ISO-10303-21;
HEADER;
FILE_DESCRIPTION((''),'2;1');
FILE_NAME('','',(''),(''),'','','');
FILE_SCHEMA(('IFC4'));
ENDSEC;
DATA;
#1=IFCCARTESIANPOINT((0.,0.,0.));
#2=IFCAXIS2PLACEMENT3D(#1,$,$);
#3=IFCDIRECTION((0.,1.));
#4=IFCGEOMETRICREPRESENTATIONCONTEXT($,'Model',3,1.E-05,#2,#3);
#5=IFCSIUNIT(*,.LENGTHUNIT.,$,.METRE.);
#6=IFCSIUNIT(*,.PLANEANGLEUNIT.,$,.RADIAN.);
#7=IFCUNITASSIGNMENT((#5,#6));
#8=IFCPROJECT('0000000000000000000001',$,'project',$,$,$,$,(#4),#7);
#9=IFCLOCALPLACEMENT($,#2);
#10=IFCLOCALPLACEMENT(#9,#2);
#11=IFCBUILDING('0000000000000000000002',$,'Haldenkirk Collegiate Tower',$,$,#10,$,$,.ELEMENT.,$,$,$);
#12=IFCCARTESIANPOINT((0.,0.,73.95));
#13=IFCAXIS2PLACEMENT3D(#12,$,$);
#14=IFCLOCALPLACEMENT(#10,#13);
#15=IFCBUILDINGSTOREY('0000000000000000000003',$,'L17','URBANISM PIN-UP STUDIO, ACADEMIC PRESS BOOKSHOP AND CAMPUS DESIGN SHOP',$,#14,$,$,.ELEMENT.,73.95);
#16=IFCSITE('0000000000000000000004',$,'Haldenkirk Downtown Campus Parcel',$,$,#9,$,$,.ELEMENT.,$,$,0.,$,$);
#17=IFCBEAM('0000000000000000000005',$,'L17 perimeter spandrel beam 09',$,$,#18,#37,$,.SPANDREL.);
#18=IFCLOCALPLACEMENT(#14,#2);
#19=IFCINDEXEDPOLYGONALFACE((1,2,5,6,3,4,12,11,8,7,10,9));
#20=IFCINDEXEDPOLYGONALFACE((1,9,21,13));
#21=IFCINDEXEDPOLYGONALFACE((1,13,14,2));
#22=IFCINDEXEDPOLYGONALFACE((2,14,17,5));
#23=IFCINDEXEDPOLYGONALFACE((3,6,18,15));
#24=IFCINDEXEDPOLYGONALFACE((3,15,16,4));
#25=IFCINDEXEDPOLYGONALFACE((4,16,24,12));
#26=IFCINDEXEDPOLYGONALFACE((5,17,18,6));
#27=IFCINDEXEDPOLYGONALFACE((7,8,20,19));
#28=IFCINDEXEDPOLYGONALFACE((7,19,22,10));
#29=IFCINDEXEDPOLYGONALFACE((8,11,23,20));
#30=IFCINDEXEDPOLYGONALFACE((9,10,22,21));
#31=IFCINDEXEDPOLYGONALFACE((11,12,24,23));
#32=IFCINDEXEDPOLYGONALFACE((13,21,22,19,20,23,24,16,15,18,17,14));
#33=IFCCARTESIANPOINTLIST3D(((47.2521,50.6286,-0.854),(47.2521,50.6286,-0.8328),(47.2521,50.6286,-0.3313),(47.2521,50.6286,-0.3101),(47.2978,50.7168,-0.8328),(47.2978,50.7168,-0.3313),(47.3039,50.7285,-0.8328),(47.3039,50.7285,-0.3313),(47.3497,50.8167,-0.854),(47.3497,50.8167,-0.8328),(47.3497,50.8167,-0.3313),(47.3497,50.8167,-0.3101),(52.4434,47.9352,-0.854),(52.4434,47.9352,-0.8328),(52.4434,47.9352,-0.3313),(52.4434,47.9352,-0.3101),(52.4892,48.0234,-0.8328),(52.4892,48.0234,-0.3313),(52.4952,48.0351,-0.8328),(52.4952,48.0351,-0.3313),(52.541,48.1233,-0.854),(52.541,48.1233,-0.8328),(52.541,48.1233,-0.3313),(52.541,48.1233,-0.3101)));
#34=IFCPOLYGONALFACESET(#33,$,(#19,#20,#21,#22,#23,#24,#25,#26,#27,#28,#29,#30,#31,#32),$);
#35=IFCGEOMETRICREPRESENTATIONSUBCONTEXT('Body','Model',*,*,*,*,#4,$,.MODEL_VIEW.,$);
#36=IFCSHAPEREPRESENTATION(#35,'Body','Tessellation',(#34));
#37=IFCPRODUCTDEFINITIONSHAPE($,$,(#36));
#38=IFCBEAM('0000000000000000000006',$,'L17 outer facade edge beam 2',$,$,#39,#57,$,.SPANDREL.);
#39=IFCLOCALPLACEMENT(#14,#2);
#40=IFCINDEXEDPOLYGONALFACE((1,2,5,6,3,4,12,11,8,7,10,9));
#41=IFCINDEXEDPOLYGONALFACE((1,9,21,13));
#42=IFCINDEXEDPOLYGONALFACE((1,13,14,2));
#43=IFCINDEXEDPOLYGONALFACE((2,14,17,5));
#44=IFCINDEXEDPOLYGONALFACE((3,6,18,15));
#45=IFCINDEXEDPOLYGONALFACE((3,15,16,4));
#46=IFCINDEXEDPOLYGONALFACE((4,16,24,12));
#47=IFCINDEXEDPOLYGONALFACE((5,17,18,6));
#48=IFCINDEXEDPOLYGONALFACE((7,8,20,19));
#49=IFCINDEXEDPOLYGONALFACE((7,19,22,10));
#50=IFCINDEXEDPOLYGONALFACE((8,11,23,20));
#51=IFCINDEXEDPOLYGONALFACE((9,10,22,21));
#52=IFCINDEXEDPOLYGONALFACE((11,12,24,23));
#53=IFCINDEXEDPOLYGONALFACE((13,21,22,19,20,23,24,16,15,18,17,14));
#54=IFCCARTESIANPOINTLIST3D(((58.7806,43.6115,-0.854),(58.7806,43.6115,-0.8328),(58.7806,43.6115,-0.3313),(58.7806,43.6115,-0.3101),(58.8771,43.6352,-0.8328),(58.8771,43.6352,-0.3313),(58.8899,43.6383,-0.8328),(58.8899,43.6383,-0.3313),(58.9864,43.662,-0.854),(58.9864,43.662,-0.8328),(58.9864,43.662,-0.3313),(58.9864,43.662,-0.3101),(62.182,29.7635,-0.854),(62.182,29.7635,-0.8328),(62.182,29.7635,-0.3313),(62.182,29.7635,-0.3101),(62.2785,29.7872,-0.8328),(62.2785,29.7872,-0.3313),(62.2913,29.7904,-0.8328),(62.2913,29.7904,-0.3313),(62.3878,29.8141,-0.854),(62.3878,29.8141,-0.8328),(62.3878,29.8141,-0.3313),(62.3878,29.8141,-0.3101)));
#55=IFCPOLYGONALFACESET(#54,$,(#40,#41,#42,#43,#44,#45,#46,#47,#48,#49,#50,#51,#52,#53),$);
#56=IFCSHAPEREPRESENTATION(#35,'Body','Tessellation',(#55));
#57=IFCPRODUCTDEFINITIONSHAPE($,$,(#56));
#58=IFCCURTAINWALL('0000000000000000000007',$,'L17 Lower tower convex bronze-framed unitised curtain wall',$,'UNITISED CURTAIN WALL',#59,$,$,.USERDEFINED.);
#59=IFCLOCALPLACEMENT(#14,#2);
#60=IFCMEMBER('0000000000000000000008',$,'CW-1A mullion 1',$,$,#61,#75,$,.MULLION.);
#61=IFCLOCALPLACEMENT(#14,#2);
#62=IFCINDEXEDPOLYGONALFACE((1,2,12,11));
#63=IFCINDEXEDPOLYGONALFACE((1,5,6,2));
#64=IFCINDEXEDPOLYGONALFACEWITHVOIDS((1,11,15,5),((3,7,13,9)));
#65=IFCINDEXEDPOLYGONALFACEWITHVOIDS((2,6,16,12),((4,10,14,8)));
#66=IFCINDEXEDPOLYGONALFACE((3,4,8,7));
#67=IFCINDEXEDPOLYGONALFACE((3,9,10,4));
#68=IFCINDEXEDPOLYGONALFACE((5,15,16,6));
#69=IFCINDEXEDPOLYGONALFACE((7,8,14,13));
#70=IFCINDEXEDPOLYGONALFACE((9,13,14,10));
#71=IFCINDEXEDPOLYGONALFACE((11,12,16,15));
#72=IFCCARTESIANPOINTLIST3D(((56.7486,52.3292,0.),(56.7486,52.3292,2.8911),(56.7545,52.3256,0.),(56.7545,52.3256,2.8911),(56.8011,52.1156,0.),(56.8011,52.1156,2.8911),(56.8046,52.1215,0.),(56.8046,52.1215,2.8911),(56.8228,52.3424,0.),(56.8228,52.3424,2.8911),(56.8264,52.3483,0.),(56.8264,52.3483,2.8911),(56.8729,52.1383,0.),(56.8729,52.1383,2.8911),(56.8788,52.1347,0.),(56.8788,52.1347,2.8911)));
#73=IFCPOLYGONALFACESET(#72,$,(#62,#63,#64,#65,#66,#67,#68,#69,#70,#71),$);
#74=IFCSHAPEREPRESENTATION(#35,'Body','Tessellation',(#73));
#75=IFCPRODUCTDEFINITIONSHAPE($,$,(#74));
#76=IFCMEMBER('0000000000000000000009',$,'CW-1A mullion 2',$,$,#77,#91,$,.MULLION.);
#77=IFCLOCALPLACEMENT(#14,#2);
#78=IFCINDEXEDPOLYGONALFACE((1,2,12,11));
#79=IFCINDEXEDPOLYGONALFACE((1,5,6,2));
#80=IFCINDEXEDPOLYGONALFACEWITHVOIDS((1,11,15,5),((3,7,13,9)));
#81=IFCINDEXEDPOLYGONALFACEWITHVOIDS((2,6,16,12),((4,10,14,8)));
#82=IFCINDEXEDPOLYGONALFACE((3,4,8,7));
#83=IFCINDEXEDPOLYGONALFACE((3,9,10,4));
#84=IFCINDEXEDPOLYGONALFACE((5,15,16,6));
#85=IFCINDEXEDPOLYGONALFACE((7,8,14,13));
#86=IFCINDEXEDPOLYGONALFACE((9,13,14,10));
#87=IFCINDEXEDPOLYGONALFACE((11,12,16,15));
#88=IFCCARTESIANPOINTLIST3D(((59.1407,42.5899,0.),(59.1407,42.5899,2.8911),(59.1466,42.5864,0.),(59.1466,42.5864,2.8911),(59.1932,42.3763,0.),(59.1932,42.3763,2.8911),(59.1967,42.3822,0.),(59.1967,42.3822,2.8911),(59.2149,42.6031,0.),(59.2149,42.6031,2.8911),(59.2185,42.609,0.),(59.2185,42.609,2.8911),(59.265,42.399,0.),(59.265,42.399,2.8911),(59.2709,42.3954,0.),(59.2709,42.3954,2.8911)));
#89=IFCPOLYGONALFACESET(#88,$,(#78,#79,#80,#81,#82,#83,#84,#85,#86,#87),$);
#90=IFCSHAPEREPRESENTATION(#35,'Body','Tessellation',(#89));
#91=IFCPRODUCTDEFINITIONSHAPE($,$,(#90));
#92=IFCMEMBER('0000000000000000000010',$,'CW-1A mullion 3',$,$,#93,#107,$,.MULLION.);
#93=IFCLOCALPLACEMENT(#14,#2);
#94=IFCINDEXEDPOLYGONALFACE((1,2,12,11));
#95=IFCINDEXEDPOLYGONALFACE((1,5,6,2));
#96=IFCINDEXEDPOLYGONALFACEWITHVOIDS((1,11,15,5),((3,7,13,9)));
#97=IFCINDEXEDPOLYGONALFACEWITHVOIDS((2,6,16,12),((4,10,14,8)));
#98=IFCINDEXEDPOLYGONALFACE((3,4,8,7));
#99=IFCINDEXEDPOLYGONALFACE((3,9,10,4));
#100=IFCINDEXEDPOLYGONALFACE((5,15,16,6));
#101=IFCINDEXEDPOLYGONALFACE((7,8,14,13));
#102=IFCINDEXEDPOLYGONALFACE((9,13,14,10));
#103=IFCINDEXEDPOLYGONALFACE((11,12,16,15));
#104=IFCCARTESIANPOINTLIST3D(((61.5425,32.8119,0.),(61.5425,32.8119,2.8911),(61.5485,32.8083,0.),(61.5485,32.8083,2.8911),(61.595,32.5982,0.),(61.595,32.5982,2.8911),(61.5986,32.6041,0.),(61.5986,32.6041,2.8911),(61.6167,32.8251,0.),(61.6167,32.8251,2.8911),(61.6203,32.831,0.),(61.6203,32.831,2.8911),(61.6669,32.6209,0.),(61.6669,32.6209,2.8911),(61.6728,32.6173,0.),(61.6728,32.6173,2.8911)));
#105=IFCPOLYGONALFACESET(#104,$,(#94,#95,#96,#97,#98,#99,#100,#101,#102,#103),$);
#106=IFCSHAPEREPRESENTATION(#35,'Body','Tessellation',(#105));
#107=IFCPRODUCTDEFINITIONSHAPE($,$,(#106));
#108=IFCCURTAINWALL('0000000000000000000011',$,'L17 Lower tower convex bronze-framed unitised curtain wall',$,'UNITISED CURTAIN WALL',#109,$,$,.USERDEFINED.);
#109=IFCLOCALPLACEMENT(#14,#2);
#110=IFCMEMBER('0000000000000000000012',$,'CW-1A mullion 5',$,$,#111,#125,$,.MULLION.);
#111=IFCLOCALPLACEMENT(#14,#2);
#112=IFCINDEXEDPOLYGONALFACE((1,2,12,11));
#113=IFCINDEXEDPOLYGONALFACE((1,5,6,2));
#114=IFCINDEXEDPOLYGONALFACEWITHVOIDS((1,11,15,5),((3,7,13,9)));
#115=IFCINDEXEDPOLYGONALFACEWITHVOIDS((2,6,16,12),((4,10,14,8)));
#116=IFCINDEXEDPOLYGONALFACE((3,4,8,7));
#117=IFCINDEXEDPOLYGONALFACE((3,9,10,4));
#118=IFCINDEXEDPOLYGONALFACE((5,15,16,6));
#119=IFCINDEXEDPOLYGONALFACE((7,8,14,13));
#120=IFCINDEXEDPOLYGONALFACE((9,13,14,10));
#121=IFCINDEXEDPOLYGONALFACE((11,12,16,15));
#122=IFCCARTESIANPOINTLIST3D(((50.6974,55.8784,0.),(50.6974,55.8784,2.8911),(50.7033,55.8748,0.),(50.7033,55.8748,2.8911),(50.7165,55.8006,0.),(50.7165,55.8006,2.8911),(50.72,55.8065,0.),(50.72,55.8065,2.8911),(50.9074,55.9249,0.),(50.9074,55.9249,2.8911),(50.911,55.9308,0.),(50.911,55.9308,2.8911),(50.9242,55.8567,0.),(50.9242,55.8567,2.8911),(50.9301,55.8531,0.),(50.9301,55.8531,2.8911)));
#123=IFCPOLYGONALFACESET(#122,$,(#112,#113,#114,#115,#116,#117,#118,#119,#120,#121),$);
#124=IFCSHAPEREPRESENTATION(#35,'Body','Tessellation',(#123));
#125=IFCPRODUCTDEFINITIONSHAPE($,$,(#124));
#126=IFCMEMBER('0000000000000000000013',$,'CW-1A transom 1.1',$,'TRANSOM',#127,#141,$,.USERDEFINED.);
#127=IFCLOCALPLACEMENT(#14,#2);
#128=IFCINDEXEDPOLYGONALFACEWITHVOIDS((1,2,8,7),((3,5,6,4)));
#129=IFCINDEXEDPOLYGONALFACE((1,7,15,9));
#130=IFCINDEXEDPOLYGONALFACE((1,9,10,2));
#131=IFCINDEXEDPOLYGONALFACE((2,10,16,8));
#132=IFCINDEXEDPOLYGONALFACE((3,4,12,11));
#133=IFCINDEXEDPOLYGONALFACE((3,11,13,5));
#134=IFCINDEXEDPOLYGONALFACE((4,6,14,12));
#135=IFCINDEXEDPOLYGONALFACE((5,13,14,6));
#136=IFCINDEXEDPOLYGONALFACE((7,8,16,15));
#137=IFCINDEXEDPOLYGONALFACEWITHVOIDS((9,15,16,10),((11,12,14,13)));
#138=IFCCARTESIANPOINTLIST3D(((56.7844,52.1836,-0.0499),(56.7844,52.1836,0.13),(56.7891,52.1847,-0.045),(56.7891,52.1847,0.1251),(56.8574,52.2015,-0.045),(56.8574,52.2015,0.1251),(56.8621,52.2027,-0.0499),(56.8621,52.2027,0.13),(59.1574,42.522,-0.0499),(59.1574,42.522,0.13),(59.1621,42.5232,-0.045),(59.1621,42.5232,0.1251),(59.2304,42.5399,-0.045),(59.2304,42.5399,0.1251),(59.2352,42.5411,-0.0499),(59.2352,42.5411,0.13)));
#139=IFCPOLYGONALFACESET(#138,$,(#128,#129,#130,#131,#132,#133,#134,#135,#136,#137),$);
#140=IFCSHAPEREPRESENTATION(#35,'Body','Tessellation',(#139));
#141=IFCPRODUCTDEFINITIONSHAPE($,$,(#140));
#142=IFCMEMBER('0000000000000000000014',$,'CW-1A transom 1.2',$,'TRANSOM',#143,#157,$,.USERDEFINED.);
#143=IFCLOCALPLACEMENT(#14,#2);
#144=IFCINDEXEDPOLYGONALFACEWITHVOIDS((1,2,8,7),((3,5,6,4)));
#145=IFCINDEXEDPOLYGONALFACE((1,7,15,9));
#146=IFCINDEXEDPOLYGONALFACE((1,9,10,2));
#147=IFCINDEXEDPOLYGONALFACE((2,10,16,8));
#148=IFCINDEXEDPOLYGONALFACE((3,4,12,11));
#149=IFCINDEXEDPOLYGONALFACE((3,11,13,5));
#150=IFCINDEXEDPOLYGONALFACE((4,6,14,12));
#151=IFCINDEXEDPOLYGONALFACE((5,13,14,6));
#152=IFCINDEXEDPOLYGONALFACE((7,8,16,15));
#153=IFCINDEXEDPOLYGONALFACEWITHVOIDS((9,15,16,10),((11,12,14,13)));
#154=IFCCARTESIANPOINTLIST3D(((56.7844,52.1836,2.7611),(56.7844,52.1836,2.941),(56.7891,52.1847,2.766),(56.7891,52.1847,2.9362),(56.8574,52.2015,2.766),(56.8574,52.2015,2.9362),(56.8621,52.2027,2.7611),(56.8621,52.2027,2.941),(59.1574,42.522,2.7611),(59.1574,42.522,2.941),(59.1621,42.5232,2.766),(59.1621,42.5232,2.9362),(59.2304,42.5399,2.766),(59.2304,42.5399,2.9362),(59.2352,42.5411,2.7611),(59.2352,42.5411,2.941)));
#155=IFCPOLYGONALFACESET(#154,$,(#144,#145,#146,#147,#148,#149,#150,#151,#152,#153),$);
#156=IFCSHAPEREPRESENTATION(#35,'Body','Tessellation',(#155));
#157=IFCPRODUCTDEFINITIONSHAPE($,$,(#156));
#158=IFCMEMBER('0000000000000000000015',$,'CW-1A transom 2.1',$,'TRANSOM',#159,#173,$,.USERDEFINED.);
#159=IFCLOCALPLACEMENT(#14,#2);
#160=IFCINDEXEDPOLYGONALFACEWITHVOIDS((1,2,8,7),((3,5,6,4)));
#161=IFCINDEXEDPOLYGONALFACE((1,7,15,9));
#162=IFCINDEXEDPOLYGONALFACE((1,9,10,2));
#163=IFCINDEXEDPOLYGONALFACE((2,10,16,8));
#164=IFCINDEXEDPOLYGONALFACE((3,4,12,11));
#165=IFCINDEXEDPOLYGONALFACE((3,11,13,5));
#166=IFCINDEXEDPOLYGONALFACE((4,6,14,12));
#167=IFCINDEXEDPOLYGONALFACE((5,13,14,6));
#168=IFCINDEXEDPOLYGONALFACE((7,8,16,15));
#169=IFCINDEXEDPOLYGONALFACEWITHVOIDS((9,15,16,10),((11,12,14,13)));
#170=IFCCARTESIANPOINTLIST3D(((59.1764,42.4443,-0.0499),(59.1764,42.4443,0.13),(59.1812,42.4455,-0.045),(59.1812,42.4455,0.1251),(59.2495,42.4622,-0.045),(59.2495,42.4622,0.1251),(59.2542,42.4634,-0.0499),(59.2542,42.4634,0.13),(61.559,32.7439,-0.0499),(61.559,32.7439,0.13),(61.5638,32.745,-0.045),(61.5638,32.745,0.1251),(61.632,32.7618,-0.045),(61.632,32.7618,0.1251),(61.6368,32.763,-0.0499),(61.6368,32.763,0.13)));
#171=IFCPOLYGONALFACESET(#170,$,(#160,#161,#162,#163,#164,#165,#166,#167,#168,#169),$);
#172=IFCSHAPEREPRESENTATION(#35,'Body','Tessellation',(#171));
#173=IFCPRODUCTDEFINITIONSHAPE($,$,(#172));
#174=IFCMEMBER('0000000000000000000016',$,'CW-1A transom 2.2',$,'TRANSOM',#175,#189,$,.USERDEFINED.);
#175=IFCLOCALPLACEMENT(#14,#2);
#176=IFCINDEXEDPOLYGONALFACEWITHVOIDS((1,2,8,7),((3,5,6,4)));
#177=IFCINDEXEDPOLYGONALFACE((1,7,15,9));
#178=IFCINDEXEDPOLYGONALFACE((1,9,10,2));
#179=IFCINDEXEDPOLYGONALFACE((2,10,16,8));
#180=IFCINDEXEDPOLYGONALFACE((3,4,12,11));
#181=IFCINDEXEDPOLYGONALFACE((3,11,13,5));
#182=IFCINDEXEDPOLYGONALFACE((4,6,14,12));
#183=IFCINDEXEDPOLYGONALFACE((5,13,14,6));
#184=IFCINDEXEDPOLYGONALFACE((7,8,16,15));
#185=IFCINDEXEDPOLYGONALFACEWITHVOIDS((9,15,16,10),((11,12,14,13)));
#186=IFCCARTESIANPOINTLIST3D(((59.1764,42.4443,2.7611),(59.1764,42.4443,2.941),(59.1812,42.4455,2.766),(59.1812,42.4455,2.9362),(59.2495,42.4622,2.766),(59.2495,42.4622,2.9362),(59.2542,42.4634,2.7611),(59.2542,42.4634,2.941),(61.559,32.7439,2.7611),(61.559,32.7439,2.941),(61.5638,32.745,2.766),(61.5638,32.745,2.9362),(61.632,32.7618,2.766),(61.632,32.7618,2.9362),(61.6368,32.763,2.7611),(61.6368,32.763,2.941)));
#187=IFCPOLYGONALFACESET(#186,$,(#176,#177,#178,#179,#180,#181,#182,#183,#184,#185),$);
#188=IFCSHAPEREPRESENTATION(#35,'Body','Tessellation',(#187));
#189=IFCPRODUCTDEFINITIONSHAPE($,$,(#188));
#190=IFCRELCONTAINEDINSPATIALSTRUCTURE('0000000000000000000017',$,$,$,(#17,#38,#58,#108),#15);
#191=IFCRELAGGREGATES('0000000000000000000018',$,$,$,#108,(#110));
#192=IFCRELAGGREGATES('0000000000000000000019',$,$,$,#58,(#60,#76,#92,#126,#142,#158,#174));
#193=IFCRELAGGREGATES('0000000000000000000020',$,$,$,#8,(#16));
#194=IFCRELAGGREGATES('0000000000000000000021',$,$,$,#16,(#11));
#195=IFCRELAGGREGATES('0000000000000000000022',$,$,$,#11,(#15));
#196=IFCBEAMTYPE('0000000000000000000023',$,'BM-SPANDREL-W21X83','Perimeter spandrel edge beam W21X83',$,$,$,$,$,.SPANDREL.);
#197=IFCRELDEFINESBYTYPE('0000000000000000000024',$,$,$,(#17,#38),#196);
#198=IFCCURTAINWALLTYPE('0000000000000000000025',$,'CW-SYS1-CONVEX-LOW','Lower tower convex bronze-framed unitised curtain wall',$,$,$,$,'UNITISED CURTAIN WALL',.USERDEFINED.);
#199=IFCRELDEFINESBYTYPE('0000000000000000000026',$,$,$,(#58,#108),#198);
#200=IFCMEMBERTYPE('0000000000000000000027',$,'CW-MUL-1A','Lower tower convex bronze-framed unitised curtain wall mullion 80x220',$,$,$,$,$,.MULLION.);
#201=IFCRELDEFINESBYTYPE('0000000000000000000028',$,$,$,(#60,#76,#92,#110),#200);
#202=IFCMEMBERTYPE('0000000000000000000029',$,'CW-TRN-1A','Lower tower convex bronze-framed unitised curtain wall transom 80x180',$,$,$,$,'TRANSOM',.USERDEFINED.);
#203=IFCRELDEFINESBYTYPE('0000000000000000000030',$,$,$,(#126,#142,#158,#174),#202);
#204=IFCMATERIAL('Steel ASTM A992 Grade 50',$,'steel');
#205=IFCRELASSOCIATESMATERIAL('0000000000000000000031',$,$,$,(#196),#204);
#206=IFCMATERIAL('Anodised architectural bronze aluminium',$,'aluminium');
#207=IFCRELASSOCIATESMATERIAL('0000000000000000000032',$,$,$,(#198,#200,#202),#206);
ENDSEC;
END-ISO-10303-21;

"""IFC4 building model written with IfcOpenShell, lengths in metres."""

from ifc_helpers import new_model, si_unit, direction, frame, origin, origin_2d, place, context, subcontext, project, spatial, hollow_rectangle, i_section, extrude, material, material_profile, profile_set, type_object, element, aggregate, save


model = new_model("IFC4")

# Units and contexts
model_context = context("Model", 3, precision=1e-05, world=origin(), true_north=direction((0.0, 1.0)))
body_context = subcontext(model_context, "Body", "Model", "MODEL_VIEW")
ifc_project = project(units=[si_unit("LENGTHUNIT", "METRE"), si_unit("PLANEANGLEUNIT", "RADIAN")], contexts=[model_context])

# Site, building, storey
site_placement = place(None, origin())
site = spatial("IfcSite", under=ifc_project, at=site_placement, Name="Haldenkirk Downtown Campus Parcel", CompositionType="ELEMENT", RefElevation=0.0)
building_placement = place(site_placement, origin())
building = spatial("IfcBuilding", under=site, at=building_placement, Name="Haldenkirk Collegiate Tower", CompositionType="ELEMENT")
storey_placement = place(building_placement, frame((0.0, 0.0, 73.95)))
storey = spatial("IfcBuildingStorey", under=building, at=storey_placement, Name="L17", Description="URBANISM PIN-UP STUDIO, ACADEMIC PRESS BOOKSHOP AND CAMPUS DESIGN SHOP", CompositionType="ELEMENT", Elevation=73.95)

# Beams
ifc_material_1 = material(Name="Steel ASTM A992 Grade 50", Category="steel")
ifc_material_profile_1 = material_profile(ifc_material_1, i_section(OverallWidth=0.2119, OverallDepth=0.5439, WebThickness=0.0132, FlangeThickness=0.0212, at=origin_2d()), Name="W21X83")
ifc_profile_set_1 = profile_set([ifc_material_profile_1], Name="Steel ASTM A992 Grade 50")
beam_type_1 = type_object("IfcBeamType", Name="BM-SPANDREL-W21X83", Description="Perimeter spandrel edge beam W21X83", PredefinedType="SPANDREL", material=ifc_profile_set_1)
beam_1_placement = place(storey_placement, frame((52.4922, 48.0293, -0.582), z_axis=(-0.887648, 0.460522, 0.0), x_axis=(-0.460522, -0.887648, 0.0)))
element("IfcBeam", 1, at=beam_1_placement, inside=storey, type_object=beam_type_1, Name="L17 perimeter spandrel beam 09", PredefinedType="SPANDREL", context=body_context, shape_type="SweptSolid", body=[
    extrude(i_section(OverallWidth=0.2119, OverallDepth=0.5439, WebThickness=0.0132, FlangeThickness=0.0212, at=origin_2d()), origin(), (0.0, 0.0, 1.0), 5.8484),
])
beam_2_placement = place(storey_placement, frame((62.2849, 29.7888, -0.582), z_axis=(-0.238533, 0.971134, 0.0), x_axis=(-0.971134, -0.238533, 0.0)))
element("IfcBeam", 2, at=beam_2_placement, inside=storey, type_object=beam_type_1, Name="L17 outer facade edge beam 2", PredefinedType="SPANDREL", context=body_context, shape_type="SweptSolid", body=[
    extrude(i_section(OverallWidth=0.2119, OverallDepth=0.5439, WebThickness=0.0132, FlangeThickness=0.0212, at=origin_2d()), origin(), (0.0, 0.0, 1.0), 14.2595),
])

# Curtain wall, members
ifc_material_2 = material(Name="Anodised architectural bronze aluminium", Category="aluminium")
curtain_wall_type = type_object("IfcCurtainWallType", Name="CW-SYS1-CONVEX-LOW", Description="Lower tower convex bronze-framed unitised curtain wall", ElementType="UNITISED CURTAIN WALL", PredefinedType="USERDEFINED", material=ifc_material_2)
curtain_wall_1_placement = place(storey_placement, origin())
curtain_wall_1 = element("IfcCurtainWall", 3, at=curtain_wall_1_placement, inside=storey, type_object=curtain_wall_type, Name="L17 Lower tower convex bronze-framed unitised curtain wall", ObjectType="UNITISED CURTAIN WALL", PredefinedType="USERDEFINED")
ifc_material_profile_2 = material_profile(ifc_material_2, hollow_rectangle(XDim=0.0801, YDim=0.22, WallThickness=0.0049, at=origin_2d()), Name="CW-MUL-1A")
ifc_profile_set_2 = profile_set([ifc_material_profile_2], Name="Anodised architectural bronze aluminium")
member_type_1 = type_object("IfcMemberType", Name="CW-MUL-1A", Description="Lower tower convex bronze-framed unitised curtain wall mullion 80x220", PredefinedType="MULLION", material=ifc_profile_set_2)
member_1_placement = place(storey_placement, frame((56.8137, 52.2319, 0.0), z_axis=(0.0, 0.0, 1.0), x_axis=(0.971134, 0.238533, 0.0)))
member_1 = element("IfcMember", 4, at=member_1_placement, type_object=member_type_1, Name="CW-1A mullion 1", PredefinedType="MULLION", context=body_context, shape_type="SweptSolid", body=[
    extrude(hollow_rectangle(XDim=0.0801, YDim=0.22, WallThickness=0.0049, at=origin_2d()), origin(), (0.0, 0.0, 1.0), 2.8911),
])
member_2_placement = place(storey_placement, frame((59.2058, 42.4927, 0.0), z_axis=(0.0, 0.0, 1.0), x_axis=(0.971134, 0.238533, 0.0)))
member_2 = element("IfcMember", 5, at=member_2_placement, type_object=member_type_1, Name="CW-1A mullion 2", PredefinedType="MULLION", context=body_context, shape_type="SweptSolid", body=[
    extrude(hollow_rectangle(XDim=0.0801, YDim=0.22, WallThickness=0.0049, at=origin_2d()), origin(), (0.0, 0.0, 1.0), 2.8911),
])
member_3_placement = place(storey_placement, frame((61.6077, 32.7146, 0.0), z_axis=(0.0, 0.0, 1.0), x_axis=(0.971134, 0.238533, 0.0)))
member_3 = element("IfcMember", 6, at=member_3_placement, type_object=member_type_1, Name="CW-1A mullion 3", PredefinedType="MULLION", context=body_context, shape_type="SweptSolid", body=[
    extrude(hollow_rectangle(XDim=0.0801, YDim=0.22, WallThickness=0.0049, at=origin_2d()), origin(), (0.0, 0.0, 1.0), 2.8911),
])

# Curtain wall, member
curtain_wall_2_placement = place(storey_placement, origin())
curtain_wall_2 = element("IfcCurtainWall", 7, at=curtain_wall_2_placement, inside=storey, type_object=curtain_wall_type, Name="L17 Lower tower convex bronze-framed unitised curtain wall", ObjectType="UNITISED CURTAIN WALL", PredefinedType="USERDEFINED")
member_4_placement = place(storey_placement, frame((50.8137, 55.8657, 0.0), z_axis=(0.0, 0.0, 1.0), x_axis=(-0.238534, 0.971134, 0.0)))
member_4 = element("IfcMember", 8, at=member_4_placement, type_object=member_type_1, Name="CW-1A mullion 5", PredefinedType="MULLION", context=body_context, shape_type="SweptSolid", body=[
    extrude(hollow_rectangle(XDim=0.0801, YDim=0.22, WallThickness=0.0049, at=origin_2d()), origin(), (0.0, 0.0, 1.0), 2.8911),
])
aggregate(curtain_wall_2, [member_4])

# Members
ifc_material_profile_3 = material_profile(ifc_material_2, hollow_rectangle(XDim=0.0801, YDim=0.1799, WallThickness=0.0049, at=origin_2d()), Name="CW-TRN-1A")
ifc_profile_set_3 = profile_set([ifc_material_profile_3], Name="Anodised architectural bronze aluminium")
member_type_2 = type_object("IfcMemberType", Name="CW-TRN-1A", Description="Lower tower convex bronze-framed unitised curtain wall transom 80x180", ElementType="TRANSOM", PredefinedType="USERDEFINED", material=ifc_profile_set_3)
member_5_placement = place(storey_placement, frame((56.8232, 52.1931, 0.04), z_axis=(0.238526, -0.971136, 0.0), x_axis=(0.971136, 0.238526, 0.0)))
member_5 = element("IfcMember", 9, at=member_5_placement, type_object=member_type_2, Name="CW-1A transom 1.1", ObjectType="TRANSOM", PredefinedType="USERDEFINED", context=body_context, shape_type="SweptSolid", body=[
    extrude(hollow_rectangle(XDim=0.0801, YDim=0.1799, WallThickness=0.0049, at=origin_2d()), origin(), (0.0, 0.0, 1.0), 9.9487),
])
member_6_placement = place(storey_placement, frame((56.8232, 52.1931, 2.8511), z_axis=(0.238526, -0.971136, 0.0), x_axis=(0.971136, 0.238526, 0.0)))
member_6 = element("IfcMember", 10, at=member_6_placement, type_object=member_type_2, Name="CW-1A transom 1.2", ObjectType="TRANSOM", PredefinedType="USERDEFINED", context=body_context, shape_type="SweptSolid", body=[
    extrude(hollow_rectangle(XDim=0.0801, YDim=0.1799, WallThickness=0.0049, at=origin_2d()), origin(), (0.0, 0.0, 1.0), 9.9487),
])
member_7_placement = place(storey_placement, frame((59.2153, 42.4539, 0.04), z_axis=(0.238525, -0.971136, 0.0), x_axis=(0.971136, 0.238525, 0.0)))
member_7 = element("IfcMember", 11, at=member_7_placement, type_object=member_type_2, Name="CW-1A transom 2.1", ObjectType="TRANSOM", PredefinedType="USERDEFINED", context=body_context, shape_type="SweptSolid", body=[
    extrude(hollow_rectangle(XDim=0.0801, YDim=0.1799, WallThickness=0.0049, at=origin_2d()), origin(), (0.0, 0.0, 1.0), 9.9888),
])
member_8_placement = place(storey_placement, frame((59.2153, 42.4539, 2.8511), z_axis=(0.238525, -0.971136, 0.0), x_axis=(0.971136, 0.238525, 0.0)))
member_8 = element("IfcMember", 12, at=member_8_placement, type_object=member_type_2, Name="CW-1A transom 2.2", ObjectType="TRANSOM", PredefinedType="USERDEFINED", context=body_context, shape_type="SweptSolid", body=[
    extrude(hollow_rectangle(XDim=0.0801, YDim=0.1799, WallThickness=0.0049, at=origin_2d()), origin(), (0.0, 0.0, 1.0), 9.9888),
])

aggregate(curtain_wall_1, [member_1, member_2, member_3, member_5, member_6, member_7, member_8])

save(model, "model.ifc")
